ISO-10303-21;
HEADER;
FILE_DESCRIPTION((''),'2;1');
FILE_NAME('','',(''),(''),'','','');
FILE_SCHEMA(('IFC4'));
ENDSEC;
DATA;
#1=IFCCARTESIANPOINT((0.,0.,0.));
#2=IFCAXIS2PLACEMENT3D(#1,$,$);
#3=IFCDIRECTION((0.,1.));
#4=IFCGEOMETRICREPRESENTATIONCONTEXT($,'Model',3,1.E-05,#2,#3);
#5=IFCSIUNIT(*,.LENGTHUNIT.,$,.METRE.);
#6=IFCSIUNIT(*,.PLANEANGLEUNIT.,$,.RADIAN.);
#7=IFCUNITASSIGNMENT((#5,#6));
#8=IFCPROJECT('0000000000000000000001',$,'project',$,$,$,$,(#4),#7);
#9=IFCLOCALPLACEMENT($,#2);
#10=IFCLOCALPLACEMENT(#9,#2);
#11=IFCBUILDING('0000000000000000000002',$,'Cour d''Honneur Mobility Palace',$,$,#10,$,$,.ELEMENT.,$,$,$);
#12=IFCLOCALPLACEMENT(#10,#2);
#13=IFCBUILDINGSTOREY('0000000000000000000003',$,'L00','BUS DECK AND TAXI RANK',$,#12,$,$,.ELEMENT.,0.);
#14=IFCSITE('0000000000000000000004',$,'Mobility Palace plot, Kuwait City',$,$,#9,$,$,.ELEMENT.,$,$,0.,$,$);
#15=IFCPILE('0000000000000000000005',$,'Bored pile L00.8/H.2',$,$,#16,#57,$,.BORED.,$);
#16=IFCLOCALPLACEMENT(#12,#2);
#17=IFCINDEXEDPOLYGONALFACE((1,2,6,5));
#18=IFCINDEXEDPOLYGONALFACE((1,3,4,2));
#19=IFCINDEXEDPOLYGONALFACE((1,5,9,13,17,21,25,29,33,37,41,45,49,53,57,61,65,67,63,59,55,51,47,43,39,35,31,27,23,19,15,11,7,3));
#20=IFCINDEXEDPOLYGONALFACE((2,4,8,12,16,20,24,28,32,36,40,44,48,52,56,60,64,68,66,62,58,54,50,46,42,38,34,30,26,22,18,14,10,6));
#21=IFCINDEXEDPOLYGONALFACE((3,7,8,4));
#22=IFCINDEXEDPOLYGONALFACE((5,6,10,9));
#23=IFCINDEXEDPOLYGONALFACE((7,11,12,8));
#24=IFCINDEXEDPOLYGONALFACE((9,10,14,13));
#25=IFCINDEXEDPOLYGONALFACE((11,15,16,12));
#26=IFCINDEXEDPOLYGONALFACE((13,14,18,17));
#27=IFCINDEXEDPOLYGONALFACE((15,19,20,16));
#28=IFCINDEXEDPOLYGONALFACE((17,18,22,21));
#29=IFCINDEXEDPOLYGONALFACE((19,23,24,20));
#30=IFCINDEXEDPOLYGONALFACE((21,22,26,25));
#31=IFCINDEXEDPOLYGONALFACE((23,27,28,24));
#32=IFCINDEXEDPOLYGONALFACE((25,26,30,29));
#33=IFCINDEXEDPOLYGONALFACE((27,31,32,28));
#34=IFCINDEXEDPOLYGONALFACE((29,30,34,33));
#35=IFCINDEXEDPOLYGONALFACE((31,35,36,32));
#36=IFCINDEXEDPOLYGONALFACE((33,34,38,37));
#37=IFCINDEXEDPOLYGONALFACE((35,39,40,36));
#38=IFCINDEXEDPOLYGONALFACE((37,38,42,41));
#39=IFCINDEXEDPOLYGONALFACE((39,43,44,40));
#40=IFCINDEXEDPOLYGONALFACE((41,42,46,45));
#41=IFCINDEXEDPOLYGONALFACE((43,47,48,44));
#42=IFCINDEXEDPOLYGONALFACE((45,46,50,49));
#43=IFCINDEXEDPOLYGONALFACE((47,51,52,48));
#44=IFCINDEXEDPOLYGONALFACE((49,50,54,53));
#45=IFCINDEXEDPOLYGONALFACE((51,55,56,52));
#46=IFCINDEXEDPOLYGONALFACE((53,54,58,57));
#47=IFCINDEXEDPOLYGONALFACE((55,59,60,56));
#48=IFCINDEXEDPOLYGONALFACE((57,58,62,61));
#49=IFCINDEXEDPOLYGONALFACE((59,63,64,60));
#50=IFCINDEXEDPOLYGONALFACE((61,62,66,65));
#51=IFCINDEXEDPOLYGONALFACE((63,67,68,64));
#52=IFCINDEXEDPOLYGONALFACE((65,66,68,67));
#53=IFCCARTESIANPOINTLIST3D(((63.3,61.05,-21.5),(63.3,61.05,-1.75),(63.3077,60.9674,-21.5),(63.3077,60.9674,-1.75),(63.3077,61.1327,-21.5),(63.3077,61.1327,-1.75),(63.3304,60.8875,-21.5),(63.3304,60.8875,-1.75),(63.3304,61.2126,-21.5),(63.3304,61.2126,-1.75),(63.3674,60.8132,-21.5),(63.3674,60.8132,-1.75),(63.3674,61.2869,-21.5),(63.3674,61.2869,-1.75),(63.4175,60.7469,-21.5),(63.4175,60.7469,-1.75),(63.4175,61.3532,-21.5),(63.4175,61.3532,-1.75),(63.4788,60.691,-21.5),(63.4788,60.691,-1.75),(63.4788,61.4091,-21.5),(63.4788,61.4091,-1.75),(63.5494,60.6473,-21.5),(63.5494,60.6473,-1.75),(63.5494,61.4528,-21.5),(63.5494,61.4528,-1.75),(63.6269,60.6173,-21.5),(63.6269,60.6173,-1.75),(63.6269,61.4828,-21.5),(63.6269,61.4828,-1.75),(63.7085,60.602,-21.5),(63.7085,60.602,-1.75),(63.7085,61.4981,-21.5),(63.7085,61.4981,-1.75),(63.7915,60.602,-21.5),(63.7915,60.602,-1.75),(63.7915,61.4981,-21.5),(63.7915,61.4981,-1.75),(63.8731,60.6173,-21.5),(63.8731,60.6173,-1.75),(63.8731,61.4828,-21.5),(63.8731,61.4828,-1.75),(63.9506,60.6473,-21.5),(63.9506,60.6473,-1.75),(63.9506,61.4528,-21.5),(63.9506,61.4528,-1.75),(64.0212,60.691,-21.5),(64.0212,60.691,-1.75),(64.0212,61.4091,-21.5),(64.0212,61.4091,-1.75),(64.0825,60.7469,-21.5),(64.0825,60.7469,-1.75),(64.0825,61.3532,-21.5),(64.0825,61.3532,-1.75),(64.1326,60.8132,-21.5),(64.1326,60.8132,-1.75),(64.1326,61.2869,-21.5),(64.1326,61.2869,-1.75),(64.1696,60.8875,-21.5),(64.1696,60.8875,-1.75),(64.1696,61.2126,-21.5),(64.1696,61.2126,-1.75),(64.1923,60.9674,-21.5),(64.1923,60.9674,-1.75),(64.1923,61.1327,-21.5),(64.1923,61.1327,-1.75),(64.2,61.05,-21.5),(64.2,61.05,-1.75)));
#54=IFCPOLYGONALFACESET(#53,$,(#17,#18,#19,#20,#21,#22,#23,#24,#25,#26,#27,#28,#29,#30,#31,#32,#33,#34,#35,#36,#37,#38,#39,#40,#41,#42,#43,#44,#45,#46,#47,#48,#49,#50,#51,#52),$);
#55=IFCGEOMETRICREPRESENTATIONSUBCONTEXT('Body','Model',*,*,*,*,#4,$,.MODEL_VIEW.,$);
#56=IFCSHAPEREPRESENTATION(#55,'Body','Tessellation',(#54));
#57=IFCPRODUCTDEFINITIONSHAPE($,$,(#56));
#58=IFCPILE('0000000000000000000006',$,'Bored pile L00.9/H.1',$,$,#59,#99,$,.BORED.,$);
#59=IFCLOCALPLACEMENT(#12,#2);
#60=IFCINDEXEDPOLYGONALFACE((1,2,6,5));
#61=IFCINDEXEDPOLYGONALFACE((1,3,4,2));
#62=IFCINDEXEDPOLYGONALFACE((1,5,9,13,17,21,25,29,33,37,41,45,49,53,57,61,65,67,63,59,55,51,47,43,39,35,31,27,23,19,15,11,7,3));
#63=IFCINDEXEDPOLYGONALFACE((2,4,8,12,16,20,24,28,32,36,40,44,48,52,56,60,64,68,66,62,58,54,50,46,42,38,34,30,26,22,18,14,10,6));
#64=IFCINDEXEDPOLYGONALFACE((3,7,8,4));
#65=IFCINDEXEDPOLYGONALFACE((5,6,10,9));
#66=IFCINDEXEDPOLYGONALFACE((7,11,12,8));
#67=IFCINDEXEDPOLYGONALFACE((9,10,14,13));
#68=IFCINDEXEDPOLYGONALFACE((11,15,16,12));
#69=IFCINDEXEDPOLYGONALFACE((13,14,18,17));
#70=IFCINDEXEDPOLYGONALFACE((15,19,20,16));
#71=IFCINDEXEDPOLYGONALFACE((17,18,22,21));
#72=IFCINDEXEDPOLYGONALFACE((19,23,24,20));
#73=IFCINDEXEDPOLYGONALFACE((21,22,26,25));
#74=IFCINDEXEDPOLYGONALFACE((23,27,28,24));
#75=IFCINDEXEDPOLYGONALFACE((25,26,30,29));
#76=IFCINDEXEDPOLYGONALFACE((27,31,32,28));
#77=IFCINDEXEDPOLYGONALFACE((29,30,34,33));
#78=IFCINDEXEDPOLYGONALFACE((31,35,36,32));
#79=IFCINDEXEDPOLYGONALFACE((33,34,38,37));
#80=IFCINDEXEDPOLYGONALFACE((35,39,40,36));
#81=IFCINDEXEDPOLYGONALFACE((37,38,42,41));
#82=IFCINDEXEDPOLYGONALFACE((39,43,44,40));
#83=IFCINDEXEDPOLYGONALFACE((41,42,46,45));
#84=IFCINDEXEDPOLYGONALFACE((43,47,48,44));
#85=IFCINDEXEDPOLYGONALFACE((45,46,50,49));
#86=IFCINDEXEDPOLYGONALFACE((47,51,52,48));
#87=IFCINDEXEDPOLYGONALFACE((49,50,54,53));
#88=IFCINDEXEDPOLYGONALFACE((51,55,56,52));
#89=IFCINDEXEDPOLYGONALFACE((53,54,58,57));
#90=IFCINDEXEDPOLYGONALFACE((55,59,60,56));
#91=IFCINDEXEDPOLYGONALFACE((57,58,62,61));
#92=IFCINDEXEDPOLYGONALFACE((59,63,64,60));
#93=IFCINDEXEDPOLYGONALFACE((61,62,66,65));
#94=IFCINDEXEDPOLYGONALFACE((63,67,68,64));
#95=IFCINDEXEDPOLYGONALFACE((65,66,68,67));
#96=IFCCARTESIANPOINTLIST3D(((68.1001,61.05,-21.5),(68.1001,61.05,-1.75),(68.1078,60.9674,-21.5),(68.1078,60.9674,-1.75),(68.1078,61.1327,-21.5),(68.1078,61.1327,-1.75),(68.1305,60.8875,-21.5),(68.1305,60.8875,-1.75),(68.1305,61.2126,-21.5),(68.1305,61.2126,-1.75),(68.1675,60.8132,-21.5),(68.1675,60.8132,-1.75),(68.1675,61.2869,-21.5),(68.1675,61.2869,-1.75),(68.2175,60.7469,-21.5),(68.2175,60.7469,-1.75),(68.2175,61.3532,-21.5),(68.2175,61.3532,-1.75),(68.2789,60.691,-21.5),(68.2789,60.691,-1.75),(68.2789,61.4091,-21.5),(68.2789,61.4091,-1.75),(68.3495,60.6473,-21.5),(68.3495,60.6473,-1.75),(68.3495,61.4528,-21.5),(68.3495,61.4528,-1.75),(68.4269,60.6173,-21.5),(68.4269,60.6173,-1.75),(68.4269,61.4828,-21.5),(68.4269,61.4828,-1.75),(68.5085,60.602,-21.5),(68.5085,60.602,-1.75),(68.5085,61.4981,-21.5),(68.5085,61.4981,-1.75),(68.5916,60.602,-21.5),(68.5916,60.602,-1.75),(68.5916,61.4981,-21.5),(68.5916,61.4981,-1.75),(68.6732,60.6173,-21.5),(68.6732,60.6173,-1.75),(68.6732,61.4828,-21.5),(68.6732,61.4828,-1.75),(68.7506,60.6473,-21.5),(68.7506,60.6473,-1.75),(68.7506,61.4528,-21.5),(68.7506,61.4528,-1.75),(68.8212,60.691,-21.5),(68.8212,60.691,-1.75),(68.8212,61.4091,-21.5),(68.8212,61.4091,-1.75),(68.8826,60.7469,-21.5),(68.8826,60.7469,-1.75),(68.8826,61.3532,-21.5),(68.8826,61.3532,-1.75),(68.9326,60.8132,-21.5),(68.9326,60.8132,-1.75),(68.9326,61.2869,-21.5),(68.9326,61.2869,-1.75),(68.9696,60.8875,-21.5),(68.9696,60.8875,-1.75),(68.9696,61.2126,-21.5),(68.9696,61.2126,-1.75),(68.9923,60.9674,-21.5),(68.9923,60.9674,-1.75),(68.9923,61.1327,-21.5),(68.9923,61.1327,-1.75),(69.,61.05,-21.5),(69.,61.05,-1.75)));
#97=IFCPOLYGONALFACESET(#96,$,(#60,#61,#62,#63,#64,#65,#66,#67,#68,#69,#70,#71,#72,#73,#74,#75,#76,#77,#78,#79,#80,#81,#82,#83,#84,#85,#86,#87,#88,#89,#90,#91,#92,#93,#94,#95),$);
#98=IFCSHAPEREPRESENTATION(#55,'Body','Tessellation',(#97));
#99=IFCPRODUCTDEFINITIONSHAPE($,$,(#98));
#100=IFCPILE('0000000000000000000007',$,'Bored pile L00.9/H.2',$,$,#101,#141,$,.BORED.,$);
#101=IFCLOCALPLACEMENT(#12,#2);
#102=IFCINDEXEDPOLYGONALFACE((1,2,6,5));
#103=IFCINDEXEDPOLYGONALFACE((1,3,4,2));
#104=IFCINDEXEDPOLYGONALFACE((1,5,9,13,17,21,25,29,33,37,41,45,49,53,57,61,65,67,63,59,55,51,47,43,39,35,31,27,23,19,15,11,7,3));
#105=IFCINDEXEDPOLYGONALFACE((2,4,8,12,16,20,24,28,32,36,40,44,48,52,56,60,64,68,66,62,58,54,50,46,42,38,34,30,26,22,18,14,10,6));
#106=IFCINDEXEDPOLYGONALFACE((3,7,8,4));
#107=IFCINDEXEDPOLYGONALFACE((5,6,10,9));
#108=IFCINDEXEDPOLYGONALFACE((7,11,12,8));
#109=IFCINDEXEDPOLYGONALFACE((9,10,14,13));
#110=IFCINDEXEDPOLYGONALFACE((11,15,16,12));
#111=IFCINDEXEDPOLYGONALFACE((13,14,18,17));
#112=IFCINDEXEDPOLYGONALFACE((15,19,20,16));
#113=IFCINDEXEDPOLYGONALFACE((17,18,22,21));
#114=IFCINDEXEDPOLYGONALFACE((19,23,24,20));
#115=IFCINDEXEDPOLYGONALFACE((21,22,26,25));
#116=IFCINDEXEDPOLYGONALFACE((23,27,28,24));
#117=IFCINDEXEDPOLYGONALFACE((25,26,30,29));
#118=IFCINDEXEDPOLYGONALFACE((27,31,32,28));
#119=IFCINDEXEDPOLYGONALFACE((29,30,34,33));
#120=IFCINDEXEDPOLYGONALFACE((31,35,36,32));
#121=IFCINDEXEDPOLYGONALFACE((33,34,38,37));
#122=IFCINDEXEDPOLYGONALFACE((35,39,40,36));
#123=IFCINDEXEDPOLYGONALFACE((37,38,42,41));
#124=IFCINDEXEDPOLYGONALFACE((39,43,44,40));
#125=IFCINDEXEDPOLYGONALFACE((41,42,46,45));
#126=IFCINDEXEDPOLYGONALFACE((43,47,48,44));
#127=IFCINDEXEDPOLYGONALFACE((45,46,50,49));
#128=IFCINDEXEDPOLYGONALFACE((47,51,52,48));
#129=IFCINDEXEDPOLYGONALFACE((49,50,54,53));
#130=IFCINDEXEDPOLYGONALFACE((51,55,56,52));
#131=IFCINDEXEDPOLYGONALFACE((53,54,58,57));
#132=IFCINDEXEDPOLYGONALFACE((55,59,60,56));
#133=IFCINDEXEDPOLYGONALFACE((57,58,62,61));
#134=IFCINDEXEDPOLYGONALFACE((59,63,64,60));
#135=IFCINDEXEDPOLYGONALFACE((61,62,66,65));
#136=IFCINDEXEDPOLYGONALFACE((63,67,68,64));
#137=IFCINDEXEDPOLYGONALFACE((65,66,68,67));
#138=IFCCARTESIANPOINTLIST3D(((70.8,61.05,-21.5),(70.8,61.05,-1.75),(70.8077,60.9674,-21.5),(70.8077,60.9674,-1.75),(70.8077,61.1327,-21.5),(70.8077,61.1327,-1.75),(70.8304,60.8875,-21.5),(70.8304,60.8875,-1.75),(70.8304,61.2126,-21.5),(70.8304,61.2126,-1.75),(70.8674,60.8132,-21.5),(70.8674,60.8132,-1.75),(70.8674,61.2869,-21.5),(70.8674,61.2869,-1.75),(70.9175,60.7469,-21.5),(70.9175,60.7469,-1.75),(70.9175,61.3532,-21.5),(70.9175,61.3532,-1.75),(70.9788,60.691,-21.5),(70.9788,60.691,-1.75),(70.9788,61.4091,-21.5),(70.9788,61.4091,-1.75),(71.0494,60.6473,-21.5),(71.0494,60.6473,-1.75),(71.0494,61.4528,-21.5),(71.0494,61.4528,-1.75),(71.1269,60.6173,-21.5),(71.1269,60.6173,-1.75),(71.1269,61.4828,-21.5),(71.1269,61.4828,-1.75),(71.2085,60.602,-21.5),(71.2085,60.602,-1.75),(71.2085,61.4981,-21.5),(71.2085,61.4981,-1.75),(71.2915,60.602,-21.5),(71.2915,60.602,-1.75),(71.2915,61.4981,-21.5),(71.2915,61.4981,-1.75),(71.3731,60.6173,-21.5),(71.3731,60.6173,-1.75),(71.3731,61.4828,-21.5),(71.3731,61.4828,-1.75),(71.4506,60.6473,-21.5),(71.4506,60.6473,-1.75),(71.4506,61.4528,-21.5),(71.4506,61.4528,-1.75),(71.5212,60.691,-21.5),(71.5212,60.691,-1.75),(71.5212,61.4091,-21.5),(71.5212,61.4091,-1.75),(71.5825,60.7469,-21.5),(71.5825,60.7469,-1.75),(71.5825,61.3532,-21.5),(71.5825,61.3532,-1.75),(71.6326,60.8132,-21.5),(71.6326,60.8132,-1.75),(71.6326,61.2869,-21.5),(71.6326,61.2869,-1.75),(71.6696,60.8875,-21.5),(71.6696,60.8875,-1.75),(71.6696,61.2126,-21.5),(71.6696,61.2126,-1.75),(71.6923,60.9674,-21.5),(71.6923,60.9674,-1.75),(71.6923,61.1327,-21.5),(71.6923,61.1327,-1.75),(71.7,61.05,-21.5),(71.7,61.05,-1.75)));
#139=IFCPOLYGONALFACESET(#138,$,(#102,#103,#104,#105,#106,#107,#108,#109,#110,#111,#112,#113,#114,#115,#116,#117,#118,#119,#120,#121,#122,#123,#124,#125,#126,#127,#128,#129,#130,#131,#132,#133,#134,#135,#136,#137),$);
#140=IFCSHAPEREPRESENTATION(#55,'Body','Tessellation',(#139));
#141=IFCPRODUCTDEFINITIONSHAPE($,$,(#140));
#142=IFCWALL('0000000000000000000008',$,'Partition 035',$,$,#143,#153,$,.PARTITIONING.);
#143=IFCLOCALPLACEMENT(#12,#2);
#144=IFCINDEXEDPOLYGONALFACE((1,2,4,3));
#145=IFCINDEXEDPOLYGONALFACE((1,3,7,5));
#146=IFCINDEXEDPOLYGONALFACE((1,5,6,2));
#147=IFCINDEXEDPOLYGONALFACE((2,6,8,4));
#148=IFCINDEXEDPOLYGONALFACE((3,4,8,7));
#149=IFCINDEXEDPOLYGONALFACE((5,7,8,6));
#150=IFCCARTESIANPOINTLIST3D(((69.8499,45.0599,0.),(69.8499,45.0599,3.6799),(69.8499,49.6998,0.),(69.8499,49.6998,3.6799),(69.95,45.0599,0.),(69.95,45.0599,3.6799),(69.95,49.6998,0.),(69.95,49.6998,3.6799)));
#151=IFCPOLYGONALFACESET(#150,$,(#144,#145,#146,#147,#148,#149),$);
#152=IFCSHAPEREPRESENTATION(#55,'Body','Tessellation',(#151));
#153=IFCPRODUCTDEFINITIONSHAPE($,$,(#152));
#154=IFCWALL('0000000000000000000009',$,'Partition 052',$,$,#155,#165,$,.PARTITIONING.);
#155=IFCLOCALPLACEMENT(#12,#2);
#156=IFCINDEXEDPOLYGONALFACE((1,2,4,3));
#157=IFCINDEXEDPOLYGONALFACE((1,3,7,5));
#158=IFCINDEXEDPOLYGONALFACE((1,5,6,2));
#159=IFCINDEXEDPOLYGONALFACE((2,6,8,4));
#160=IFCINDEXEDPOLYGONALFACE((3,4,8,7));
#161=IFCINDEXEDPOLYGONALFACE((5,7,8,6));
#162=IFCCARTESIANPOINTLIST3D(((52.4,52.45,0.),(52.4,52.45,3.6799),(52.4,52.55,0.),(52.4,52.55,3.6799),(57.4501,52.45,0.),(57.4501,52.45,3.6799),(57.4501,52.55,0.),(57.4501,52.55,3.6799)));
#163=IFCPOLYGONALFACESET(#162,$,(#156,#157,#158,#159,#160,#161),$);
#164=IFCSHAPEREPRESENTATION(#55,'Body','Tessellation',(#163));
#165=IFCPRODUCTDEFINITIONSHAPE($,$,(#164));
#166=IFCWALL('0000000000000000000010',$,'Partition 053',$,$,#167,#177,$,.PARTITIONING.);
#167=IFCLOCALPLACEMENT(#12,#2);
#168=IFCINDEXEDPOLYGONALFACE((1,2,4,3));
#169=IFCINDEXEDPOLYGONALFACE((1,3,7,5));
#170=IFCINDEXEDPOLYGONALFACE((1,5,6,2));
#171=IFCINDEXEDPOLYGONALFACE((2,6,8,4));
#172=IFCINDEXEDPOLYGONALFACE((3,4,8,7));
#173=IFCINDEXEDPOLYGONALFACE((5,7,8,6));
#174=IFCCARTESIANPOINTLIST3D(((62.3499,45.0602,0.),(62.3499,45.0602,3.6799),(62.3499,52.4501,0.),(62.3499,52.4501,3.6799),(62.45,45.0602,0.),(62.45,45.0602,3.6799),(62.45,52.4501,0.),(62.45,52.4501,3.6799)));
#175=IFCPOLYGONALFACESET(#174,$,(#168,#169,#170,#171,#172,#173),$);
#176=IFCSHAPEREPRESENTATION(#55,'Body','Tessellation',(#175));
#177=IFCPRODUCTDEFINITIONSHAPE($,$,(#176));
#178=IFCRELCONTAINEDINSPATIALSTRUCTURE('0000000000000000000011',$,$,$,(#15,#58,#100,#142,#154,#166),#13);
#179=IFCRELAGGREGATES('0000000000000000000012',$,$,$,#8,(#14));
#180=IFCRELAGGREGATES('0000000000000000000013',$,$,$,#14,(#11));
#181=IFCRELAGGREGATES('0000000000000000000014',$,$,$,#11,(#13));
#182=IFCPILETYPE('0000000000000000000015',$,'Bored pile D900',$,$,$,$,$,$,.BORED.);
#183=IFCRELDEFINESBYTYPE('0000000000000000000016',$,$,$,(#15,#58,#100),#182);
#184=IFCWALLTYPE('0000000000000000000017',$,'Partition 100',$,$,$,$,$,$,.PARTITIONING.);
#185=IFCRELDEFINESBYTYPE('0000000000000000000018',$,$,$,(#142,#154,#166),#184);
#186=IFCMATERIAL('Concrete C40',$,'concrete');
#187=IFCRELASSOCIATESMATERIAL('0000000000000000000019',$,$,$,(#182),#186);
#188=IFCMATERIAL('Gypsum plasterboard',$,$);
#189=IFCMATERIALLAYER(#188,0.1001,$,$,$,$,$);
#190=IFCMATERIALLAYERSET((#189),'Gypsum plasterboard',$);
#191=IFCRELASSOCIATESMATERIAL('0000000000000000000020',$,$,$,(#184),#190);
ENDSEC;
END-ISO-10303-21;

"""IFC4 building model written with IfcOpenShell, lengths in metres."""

from ifc_helpers import new_model, si_unit, direction, frame, frame_2d, origin, origin_2d, place, context, subcontext, project, spatial, rectangle, circle, extrude, material, layer, layer_set, material_profile, profile_set, type_object, element, save


model = new_model("IFC4")

# Units and contexts
model_context = context("Model", 3, precision=1e-05, world=origin(), true_north=direction((0.0, 1.0)))
body_context = subcontext(model_context, "Body", "Model", "MODEL_VIEW")
ifc_project = project(units=[si_unit("LENGTHUNIT", "METRE"), si_unit("PLANEANGLEUNIT", "RADIAN")], contexts=[model_context])

# Site, building, storey
site_placement = place(None, origin())
site = spatial("IfcSite", under=ifc_project, at=site_placement, Name="Mobility Palace plot, Kuwait City", CompositionType="ELEMENT", RefElevation=0.0)
building_placement = place(site_placement, origin())
building = spatial("IfcBuilding", under=site, at=building_placement, Name="Cour d'Honneur Mobility Palace", CompositionType="ELEMENT")
storey_placement = place(building_placement, origin())
storey = spatial("IfcBuildingStorey", under=building, at=storey_placement, Name="L00", Description="BUS DECK AND TAXI RANK", CompositionType="ELEMENT", Elevation=0.0)

# Piles
ifc_material_1 = material(Name="Concrete C40", Category="concrete")
ifc_material_profile_1 = material_profile(ifc_material_1, circle(Radius=0.45, at=origin_2d()), Name="Bored pile D900")
ifc_profile_set_1 = profile_set([ifc_material_profile_1], Name="Concrete C40")
pile_type_1 = type_object("IfcPileType", Name="Bored pile D900", PredefinedType="BORED", material=ifc_profile_set_1)
for number, where, z_axis, x_axis, name in (
    (1, (63.75, 61.05, -1.75), (0.0, 0.0, -1.0), (1.0, 0.0, 0.0), "Bored pile L00.8/H.2"),
    (2, (68.55, 61.05, -1.75), (0.0, 0.0, -1.0), (1.0, 0.0, 0.0), "Bored pile L00.9/H.1"),
    (3, (71.25, 61.05, -1.75), (0.0, 0.0, -1.0), (1.0, 0.0, 0.0), "Bored pile L00.9/H.2"),
):
    element("IfcPile", number, at=place(storey_placement, frame(where, z_axis=z_axis, x_axis=x_axis)), inside=storey, type_object=pile_type_1, Name=name, PredefinedType="BORED", context=body_context, shape_type="SweptSolid", body=[
        extrude(circle(Radius=0.45, at=origin_2d()), origin(), (0.0, 0.0, 1.0), 19.75),
    ])

# Walls
ifc_material_2 = material(Name="Gypsum plasterboard")
ifc_layer_1 = layer(ifc_material_2, 0.1001)
ifc_layer_set_1 = layer_set([ifc_layer_1], Name="Gypsum plasterboard")
wall_type_1 = type_object("IfcWallType", Name="Partition 100", PredefinedType="PARTITIONING", material=ifc_layer_set_1)
wall_1_placement = place(storey_placement, frame((69.8999, 45.0601, 0.0), z_axis=(0.0, 0.0, 1.0), x_axis=(0.0, 1.0, 0.0)))
element("IfcWall", 4, at=wall_1_placement, inside=storey, type_object=wall_type_1, Name="Partition 035", PredefinedType="PARTITIONING", context=body_context, shape_type="SweptSolid", body=[
    extrude(rectangle(XDim=4.6399, YDim=0.1001, at=frame_2d((2.3198, 0.0))), origin(), (0.0, 0.0, 1.0), 3.6799),
])
wall_2_placement = place(storey_placement, frame((57.45, 52.5, 0.0), z_axis=(0.0, 0.0, 1.0), x_axis=(-1.0, 0.0, 0.0)))
element("IfcWall", 5, at=wall_2_placement, inside=storey, type_object=wall_type_1, Name="Partition 052", PredefinedType="PARTITIONING", context=body_context, shape_type="SweptSolid", body=[
    extrude(rectangle(XDim=5.05, YDim=0.1001, at=frame_2d((2.5249, 0.0))), origin(), (0.0, 0.0, 1.0), 3.6799),
])
wall_3_placement = place(storey_placement, frame((62.3999, 52.45, 0.0), z_axis=(0.0, 0.0, 1.0), x_axis=(0.0, -1.0, 0.0)))
element("IfcWall", 6, at=wall_3_placement, inside=storey, type_object=wall_type_1, Name="Partition 053", PredefinedType="PARTITIONING", context=body_context, shape_type="SweptSolid", body=[
    extrude(rectangle(XDim=7.3899, YDim=0.1001, at=frame_2d((3.6948, 0.0))), origin(), (0.0, 0.0, 1.0), 3.6799),
])

save(model, "model.ifc")
